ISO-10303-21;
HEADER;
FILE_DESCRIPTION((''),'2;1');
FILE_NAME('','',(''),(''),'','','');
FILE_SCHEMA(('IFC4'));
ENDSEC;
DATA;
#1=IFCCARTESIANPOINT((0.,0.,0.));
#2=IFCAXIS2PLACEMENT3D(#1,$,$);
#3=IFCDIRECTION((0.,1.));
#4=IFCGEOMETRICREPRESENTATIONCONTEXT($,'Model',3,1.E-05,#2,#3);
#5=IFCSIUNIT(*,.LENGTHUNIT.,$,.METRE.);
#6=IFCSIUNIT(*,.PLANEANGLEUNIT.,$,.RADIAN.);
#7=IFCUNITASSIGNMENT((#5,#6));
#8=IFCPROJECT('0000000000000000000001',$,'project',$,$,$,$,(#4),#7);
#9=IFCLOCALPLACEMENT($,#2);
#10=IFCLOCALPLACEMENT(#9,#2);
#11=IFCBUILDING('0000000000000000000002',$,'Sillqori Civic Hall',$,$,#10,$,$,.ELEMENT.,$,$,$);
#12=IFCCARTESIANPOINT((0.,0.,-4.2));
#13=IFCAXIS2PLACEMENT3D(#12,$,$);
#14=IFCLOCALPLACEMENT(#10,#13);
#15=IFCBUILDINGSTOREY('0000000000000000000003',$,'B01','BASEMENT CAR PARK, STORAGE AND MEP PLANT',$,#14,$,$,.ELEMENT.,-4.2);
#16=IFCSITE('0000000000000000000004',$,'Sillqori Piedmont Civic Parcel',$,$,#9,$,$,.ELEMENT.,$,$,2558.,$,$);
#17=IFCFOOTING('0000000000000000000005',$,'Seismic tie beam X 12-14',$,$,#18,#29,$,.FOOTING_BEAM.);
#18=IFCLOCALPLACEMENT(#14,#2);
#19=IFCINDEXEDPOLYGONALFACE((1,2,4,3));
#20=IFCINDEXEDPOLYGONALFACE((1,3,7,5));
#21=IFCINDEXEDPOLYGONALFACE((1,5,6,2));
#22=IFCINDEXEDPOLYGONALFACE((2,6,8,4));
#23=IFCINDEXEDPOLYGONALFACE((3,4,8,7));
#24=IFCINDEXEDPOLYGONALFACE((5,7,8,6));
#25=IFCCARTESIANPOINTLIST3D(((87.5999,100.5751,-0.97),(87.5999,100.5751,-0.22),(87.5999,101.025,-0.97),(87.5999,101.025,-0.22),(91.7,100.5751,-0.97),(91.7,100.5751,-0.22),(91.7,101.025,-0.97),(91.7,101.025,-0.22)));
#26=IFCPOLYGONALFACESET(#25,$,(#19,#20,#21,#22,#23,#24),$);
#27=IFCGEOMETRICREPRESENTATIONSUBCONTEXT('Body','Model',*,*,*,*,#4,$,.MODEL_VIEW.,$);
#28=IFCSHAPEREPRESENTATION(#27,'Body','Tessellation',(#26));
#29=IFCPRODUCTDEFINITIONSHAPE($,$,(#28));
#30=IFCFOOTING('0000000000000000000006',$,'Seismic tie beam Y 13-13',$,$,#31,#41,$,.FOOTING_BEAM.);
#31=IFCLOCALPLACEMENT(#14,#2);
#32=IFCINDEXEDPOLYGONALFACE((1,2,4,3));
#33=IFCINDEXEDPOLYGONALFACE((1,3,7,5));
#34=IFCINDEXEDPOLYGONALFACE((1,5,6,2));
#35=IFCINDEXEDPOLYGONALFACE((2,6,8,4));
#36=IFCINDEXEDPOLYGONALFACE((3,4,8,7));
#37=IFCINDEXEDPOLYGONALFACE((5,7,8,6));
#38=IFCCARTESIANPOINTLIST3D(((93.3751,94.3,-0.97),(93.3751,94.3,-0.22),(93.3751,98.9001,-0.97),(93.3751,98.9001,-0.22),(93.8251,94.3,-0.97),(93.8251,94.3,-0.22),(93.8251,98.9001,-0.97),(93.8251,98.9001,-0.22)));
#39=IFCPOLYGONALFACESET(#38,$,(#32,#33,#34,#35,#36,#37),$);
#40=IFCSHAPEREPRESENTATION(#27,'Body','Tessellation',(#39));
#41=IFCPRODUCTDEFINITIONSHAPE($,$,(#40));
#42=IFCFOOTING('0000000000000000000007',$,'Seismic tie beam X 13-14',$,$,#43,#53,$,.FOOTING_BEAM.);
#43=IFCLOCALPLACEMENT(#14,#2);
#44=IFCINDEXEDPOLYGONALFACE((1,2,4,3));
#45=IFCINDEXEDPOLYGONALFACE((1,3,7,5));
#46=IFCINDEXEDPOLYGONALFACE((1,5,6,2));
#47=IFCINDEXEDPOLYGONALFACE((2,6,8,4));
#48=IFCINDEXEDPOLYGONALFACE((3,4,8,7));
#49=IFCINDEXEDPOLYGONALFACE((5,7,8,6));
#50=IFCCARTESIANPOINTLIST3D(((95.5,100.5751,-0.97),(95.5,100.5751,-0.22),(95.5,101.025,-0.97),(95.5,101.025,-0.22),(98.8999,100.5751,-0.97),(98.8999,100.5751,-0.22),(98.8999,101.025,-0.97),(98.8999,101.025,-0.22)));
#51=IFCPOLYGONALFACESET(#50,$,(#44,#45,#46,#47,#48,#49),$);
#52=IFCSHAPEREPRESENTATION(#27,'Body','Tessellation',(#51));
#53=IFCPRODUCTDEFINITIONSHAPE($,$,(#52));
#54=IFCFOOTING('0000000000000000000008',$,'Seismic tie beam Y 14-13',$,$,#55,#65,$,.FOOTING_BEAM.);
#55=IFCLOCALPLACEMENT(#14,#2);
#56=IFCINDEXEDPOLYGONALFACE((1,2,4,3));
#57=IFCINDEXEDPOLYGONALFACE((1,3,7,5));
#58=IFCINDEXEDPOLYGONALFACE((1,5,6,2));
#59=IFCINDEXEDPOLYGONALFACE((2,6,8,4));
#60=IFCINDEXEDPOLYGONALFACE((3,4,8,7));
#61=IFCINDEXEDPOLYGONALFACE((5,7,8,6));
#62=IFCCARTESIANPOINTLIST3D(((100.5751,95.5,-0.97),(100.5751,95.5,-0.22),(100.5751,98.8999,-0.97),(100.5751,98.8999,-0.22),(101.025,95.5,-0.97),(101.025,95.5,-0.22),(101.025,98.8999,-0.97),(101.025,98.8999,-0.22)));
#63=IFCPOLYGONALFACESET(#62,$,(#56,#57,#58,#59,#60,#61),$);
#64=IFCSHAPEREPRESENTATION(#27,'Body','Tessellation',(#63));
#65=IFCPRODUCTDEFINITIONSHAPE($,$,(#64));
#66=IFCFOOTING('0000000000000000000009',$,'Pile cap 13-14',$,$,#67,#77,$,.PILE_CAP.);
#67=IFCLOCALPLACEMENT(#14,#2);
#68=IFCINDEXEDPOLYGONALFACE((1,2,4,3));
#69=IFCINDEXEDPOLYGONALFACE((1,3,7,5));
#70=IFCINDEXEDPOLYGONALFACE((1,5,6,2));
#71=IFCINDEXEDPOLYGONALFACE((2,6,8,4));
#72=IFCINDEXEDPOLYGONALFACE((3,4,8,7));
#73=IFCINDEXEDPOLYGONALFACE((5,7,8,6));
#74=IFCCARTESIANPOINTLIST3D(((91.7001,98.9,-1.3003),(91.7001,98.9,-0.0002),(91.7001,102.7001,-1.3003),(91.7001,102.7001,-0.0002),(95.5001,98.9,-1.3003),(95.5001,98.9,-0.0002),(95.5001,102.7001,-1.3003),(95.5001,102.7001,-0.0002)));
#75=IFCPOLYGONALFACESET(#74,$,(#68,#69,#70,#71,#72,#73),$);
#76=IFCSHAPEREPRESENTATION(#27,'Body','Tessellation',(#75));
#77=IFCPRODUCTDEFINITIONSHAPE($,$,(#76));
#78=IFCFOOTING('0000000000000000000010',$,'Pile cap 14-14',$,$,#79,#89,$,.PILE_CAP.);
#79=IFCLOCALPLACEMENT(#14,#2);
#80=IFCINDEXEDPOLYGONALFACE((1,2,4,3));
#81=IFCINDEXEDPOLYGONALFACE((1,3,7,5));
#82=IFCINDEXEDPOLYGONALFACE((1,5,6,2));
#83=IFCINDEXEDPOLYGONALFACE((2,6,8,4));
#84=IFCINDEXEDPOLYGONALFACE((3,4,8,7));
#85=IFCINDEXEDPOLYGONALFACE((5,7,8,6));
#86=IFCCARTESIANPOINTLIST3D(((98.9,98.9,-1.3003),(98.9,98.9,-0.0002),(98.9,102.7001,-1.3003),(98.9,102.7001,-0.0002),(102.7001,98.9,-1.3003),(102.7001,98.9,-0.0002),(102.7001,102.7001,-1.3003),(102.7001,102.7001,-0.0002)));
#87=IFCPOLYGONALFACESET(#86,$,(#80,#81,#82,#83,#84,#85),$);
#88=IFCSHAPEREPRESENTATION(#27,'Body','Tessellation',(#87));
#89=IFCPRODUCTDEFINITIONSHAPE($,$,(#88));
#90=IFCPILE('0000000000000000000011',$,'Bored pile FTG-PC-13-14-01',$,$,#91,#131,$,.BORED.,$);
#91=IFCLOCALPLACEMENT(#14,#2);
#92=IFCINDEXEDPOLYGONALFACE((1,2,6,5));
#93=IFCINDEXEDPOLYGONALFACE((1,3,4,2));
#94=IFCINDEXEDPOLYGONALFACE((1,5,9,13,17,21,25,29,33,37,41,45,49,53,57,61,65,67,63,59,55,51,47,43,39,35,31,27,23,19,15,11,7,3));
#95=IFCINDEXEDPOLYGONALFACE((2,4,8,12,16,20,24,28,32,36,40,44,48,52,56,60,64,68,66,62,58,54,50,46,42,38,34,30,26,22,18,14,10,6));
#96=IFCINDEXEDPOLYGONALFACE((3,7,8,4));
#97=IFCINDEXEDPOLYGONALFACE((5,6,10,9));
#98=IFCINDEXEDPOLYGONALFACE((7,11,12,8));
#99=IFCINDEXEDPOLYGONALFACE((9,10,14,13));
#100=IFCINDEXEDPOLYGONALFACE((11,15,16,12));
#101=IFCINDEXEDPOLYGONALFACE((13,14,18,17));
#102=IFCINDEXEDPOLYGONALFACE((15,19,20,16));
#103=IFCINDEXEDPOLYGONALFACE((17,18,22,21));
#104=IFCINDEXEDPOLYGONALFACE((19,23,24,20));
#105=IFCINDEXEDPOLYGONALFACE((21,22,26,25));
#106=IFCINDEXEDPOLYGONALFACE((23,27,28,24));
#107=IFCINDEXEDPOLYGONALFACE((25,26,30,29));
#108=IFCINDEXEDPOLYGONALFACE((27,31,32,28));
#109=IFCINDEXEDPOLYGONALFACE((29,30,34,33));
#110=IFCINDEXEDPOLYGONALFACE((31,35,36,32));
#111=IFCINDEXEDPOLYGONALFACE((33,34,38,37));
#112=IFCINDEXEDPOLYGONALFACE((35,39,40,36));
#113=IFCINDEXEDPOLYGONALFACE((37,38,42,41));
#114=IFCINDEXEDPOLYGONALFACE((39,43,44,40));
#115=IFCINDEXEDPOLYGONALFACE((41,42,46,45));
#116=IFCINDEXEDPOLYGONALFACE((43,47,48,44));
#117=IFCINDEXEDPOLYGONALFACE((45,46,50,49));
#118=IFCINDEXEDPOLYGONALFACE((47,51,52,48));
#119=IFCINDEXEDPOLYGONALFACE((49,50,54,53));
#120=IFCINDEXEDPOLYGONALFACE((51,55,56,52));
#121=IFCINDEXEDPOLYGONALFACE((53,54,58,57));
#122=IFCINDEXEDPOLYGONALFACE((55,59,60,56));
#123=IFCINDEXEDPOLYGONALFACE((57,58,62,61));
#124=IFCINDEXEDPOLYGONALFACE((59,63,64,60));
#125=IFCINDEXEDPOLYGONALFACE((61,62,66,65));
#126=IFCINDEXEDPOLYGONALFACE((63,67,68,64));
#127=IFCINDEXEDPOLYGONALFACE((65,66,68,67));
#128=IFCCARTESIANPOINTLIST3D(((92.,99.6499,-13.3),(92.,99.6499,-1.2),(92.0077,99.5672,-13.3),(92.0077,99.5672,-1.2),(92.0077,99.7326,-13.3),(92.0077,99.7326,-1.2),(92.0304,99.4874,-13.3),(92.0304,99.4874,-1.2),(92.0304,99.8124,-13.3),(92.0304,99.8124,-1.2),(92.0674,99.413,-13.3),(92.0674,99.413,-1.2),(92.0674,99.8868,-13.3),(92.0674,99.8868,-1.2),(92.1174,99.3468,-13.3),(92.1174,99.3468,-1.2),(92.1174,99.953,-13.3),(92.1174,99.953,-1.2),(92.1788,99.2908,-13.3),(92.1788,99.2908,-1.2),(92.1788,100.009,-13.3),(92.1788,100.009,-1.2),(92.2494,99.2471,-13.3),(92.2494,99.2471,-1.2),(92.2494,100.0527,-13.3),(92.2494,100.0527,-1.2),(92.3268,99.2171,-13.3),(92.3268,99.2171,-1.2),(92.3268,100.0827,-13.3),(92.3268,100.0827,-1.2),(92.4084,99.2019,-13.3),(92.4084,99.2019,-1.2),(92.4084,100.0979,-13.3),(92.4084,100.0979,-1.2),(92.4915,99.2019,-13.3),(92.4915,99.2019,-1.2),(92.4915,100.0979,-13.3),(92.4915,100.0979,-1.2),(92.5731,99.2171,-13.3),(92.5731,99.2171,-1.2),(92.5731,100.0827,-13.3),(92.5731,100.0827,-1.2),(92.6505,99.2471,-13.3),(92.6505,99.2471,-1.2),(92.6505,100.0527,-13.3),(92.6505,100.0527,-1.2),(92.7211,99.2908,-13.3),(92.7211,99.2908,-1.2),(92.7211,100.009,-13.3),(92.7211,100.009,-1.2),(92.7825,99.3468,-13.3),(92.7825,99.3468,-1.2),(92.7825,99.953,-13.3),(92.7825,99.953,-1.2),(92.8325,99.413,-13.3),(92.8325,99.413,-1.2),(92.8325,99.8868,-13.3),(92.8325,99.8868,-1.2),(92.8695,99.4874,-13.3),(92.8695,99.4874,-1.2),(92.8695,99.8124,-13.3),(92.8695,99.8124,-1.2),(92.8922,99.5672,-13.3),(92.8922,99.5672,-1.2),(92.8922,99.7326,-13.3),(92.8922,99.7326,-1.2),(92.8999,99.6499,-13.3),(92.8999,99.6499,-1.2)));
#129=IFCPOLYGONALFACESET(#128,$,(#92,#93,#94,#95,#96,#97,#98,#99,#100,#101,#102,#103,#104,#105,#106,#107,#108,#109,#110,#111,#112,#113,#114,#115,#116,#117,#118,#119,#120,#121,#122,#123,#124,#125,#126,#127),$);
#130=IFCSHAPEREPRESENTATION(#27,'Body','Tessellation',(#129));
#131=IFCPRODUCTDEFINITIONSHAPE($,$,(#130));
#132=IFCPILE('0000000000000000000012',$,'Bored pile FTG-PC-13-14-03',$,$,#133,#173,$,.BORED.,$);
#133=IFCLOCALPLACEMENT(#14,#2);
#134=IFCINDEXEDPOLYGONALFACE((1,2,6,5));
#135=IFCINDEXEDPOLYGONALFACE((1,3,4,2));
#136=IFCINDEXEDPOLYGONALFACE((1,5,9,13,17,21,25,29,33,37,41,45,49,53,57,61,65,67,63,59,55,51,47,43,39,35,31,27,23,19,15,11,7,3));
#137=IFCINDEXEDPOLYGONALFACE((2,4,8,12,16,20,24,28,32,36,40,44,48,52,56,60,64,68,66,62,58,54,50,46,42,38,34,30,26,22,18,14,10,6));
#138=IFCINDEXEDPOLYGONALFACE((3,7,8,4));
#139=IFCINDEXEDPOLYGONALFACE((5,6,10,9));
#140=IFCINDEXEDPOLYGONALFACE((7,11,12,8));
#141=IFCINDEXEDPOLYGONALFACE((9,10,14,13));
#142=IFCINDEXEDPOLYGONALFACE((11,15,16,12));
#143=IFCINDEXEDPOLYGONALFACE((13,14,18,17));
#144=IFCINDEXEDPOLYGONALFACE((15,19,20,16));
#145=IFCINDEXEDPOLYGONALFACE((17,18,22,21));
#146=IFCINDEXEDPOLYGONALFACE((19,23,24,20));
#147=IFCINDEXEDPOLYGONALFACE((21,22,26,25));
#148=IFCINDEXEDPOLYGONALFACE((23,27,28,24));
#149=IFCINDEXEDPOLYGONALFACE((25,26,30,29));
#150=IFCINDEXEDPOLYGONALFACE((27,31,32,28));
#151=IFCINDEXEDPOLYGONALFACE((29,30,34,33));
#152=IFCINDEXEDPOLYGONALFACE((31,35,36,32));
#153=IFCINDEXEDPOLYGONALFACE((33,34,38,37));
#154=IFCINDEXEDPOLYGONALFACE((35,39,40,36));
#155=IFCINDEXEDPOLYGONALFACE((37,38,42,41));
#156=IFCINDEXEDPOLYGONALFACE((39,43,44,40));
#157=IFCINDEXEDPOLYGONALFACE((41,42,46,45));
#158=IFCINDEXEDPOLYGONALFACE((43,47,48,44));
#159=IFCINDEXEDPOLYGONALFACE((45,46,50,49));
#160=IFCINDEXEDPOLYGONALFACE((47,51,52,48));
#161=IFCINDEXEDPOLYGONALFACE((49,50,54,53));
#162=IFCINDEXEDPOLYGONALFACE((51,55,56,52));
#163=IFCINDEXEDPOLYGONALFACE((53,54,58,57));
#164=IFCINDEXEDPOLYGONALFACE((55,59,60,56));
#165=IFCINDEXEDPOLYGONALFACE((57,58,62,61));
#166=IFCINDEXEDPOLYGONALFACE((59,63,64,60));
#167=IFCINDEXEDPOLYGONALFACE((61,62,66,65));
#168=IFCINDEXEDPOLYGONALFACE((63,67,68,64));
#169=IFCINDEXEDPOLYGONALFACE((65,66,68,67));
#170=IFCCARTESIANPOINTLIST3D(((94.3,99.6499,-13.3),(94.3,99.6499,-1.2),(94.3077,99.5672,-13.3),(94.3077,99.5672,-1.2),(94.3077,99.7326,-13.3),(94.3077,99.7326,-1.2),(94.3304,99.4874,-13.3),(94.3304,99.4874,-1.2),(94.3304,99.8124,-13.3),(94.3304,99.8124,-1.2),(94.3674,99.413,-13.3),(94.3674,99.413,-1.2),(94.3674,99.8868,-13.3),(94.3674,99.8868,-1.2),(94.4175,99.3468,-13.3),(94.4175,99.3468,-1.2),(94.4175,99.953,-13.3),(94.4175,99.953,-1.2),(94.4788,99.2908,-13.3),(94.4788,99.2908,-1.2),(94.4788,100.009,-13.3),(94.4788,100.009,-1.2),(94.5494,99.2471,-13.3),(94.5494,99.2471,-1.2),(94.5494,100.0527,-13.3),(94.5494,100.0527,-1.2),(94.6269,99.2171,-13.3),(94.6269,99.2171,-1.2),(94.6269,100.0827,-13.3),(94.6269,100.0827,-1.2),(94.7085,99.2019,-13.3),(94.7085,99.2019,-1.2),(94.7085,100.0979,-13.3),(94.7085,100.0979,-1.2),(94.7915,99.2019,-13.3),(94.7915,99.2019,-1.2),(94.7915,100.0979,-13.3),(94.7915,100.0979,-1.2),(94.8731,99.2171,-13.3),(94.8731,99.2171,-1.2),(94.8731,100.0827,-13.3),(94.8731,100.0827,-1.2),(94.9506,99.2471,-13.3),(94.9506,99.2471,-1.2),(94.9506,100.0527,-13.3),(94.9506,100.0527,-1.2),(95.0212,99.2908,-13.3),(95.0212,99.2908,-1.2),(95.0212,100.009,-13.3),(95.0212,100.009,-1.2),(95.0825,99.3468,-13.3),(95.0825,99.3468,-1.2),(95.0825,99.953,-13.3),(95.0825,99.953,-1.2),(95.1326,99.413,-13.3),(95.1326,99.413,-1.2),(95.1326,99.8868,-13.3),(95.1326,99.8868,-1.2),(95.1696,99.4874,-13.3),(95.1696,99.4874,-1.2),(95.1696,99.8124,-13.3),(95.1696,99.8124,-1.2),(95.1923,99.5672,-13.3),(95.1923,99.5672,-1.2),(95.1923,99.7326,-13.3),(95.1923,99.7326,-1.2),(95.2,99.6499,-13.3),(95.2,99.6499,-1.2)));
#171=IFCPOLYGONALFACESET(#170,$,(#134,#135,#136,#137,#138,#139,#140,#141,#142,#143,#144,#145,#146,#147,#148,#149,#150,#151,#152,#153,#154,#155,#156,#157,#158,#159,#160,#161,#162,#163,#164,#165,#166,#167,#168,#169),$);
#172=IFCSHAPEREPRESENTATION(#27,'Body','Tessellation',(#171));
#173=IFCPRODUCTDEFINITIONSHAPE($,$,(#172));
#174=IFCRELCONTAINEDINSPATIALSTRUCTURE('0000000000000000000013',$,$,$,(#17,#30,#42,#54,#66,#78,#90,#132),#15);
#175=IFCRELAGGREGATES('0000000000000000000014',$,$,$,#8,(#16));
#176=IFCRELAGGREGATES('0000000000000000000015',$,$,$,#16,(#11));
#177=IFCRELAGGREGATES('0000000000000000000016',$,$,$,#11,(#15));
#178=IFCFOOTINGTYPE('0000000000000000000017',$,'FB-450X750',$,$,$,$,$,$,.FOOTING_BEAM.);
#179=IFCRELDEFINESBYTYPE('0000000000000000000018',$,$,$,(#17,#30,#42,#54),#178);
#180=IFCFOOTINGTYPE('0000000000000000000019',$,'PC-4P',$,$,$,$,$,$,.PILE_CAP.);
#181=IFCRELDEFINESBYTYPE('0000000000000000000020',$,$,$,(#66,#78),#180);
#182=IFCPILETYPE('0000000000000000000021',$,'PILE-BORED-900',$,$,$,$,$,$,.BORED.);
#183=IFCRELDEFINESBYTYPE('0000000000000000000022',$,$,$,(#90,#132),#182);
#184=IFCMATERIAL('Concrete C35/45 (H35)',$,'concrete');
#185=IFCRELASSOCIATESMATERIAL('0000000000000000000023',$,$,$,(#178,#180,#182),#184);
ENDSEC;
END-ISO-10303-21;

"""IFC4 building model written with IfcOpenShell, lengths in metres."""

from ifc_helpers import new_model, si_unit, direction, frame, origin, origin_2d, place, context, subcontext, project, spatial, rectangle, circle, extrude, material, material_profile, profile_set, type_object, element, save


model = new_model("IFC4")

# Units and contexts
model_context = context("Model", 3, precision=1e-05, world=origin(), true_north=direction((0.0, 1.0)))
body_context = subcontext(model_context, "Body", "Model", "MODEL_VIEW")
ifc_project = project(units=[si_unit("LENGTHUNIT", "METRE"), si_unit("PLANEANGLEUNIT", "RADIAN")], contexts=[model_context])

# Site, building, storey
site_placement = place(None, origin())
site = spatial("IfcSite", under=ifc_project, at=site_placement, Name="Sillqori Piedmont Civic Parcel", CompositionType="ELEMENT", RefElevation=2558.0)
building_placement = place(site_placement, origin())
building = spatial("IfcBuilding", under=site, at=building_placement, Name="Sillqori Civic Hall", CompositionType="ELEMENT")
storey_placement = place(building_placement, frame((0.0, 0.0, -4.2)))
storey = spatial("IfcBuildingStorey", under=building, at=storey_placement, Name="B01", Description="BASEMENT CAR PARK, STORAGE AND MEP PLANT", CompositionType="ELEMENT", Elevation=-4.2)

# Footings
ifc_material_1 = material(Name="Concrete C35/45 (H35)", Category="concrete")
footing_type_1 = type_object("IfcFootingType", Name="FB-450X750", PredefinedType="FOOTING_BEAM", material=ifc_material_1)
footing_1_placement = place(storey_placement, frame((89.6499, 100.8, -0.97), z_axis=(0.0, 0.0, 1.0), x_axis=(1.0, 0.0, 0.0)))
element("IfcFooting", 1, at=footing_1_placement, inside=storey, type_object=footing_type_1, Name="Seismic tie beam X 12-14", PredefinedType="FOOTING_BEAM", context=body_context, shape_type="SweptSolid", body=[
    extrude(rectangle(XDim=4.1001, YDim=0.45, at=origin_2d()), origin(), (0.0, 0.0, 1.0), 0.75),
])
footing_2_placement = place(storey_placement, frame((93.6001, 96.6001, -0.97), z_axis=(0.0, 0.0, 1.0), x_axis=(1.0, 0.0, 0.0)))
element("IfcFooting", 2, at=footing_2_placement, inside=storey, type_object=footing_type_1, Name="Seismic tie beam Y 13-13", PredefinedType="FOOTING_BEAM", context=body_context, shape_type="SweptSolid", body=[
    extrude(rectangle(XDim=0.45, YDim=4.6001, at=origin_2d()), origin(), (0.0, 0.0, 1.0), 0.75),
])
footing_3_placement = place(storey_placement, frame((97.2, 100.8, -0.97), z_axis=(0.0, 0.0, 1.0), x_axis=(1.0, 0.0, 0.0)))
element("IfcFooting", 3, at=footing_3_placement, inside=storey, type_object=footing_type_1, Name="Seismic tie beam X 13-14", PredefinedType="FOOTING_BEAM", context=body_context, shape_type="SweptSolid", body=[
    extrude(rectangle(XDim=3.3999, YDim=0.45, at=origin_2d()), origin(), (0.0, 0.0, 1.0), 0.75),
])
footing_4_placement = place(storey_placement, frame((100.8, 97.2, -0.97), z_axis=(0.0, 0.0, 1.0), x_axis=(1.0, 0.0, 0.0)))
element("IfcFooting", 4, at=footing_4_placement, inside=storey, type_object=footing_type_1, Name="Seismic tie beam Y 14-13", PredefinedType="FOOTING_BEAM", context=body_context, shape_type="SweptSolid", body=[
    extrude(rectangle(XDim=0.45, YDim=3.3999, at=origin_2d()), origin(), (0.0, 0.0, 1.0), 0.75),
])
footing_type_2 = type_object("IfcFootingType", Name="PC-4P", PredefinedType="PILE_CAP", material=ifc_material_1)
for number, where, z_axis, x_axis, name in (
    (5, (93.6001, 100.8, -1.3003), (0.0, 0.0, 1.0), (1.0, 0.0, 0.0), "Pile cap 13-14"),
    (6, (100.8, 100.8, -1.3003), (0.0, 0.0, 1.0), (1.0, 0.0, 0.0), "Pile cap 14-14"),
):
    element("IfcFooting", number, at=place(storey_placement, frame(where, z_axis=z_axis, x_axis=x_axis)), inside=storey, type_object=footing_type_2, Name=name, PredefinedType="PILE_CAP", context=body_context, shape_type="SweptSolid", body=[
        extrude(rectangle(XDim=3.8, YDim=3.8, at=origin_2d()), origin(), (0.0, 0.0, 1.0), 1.3),
    ])

# Piles
ifc_material_profile_1 = material_profile(ifc_material_1, circle(Radius=0.45, at=origin_2d()), Name="BORED PILE 900")
ifc_profile_set_1 = profile_set([ifc_material_profile_1], Name="Concrete C35/45 (H35)")
pile_type = type_object("IfcPileType", Name="PILE-BORED-900", PredefinedType="BORED", material=ifc_profile_set_1)
for number, where, z_axis, x_axis, name in (
    (7, (92.45, 99.6499, -1.2), (0.0, 0.0, -1.0), (1.0, 0.0, 0.0), "Bored pile FTG-PC-13-14-01"),
    (8, (94.75, 99.6499, -1.2), (0.0, 0.0, -1.0), (1.0, 0.0, 0.0), "Bored pile FTG-PC-13-14-03"),
):
    element("IfcPile", number, at=place(storey_placement, frame(where, z_axis=z_axis, x_axis=x_axis)), inside=storey, type_object=pile_type, Name=name, PredefinedType="BORED", context=body_context, shape_type="SweptSolid", body=[
        extrude(circle(Radius=0.45, at=origin_2d()), origin(), (0.0, 0.0, 1.0), 12.1001),
    ])

save(model, "model.ifc")
